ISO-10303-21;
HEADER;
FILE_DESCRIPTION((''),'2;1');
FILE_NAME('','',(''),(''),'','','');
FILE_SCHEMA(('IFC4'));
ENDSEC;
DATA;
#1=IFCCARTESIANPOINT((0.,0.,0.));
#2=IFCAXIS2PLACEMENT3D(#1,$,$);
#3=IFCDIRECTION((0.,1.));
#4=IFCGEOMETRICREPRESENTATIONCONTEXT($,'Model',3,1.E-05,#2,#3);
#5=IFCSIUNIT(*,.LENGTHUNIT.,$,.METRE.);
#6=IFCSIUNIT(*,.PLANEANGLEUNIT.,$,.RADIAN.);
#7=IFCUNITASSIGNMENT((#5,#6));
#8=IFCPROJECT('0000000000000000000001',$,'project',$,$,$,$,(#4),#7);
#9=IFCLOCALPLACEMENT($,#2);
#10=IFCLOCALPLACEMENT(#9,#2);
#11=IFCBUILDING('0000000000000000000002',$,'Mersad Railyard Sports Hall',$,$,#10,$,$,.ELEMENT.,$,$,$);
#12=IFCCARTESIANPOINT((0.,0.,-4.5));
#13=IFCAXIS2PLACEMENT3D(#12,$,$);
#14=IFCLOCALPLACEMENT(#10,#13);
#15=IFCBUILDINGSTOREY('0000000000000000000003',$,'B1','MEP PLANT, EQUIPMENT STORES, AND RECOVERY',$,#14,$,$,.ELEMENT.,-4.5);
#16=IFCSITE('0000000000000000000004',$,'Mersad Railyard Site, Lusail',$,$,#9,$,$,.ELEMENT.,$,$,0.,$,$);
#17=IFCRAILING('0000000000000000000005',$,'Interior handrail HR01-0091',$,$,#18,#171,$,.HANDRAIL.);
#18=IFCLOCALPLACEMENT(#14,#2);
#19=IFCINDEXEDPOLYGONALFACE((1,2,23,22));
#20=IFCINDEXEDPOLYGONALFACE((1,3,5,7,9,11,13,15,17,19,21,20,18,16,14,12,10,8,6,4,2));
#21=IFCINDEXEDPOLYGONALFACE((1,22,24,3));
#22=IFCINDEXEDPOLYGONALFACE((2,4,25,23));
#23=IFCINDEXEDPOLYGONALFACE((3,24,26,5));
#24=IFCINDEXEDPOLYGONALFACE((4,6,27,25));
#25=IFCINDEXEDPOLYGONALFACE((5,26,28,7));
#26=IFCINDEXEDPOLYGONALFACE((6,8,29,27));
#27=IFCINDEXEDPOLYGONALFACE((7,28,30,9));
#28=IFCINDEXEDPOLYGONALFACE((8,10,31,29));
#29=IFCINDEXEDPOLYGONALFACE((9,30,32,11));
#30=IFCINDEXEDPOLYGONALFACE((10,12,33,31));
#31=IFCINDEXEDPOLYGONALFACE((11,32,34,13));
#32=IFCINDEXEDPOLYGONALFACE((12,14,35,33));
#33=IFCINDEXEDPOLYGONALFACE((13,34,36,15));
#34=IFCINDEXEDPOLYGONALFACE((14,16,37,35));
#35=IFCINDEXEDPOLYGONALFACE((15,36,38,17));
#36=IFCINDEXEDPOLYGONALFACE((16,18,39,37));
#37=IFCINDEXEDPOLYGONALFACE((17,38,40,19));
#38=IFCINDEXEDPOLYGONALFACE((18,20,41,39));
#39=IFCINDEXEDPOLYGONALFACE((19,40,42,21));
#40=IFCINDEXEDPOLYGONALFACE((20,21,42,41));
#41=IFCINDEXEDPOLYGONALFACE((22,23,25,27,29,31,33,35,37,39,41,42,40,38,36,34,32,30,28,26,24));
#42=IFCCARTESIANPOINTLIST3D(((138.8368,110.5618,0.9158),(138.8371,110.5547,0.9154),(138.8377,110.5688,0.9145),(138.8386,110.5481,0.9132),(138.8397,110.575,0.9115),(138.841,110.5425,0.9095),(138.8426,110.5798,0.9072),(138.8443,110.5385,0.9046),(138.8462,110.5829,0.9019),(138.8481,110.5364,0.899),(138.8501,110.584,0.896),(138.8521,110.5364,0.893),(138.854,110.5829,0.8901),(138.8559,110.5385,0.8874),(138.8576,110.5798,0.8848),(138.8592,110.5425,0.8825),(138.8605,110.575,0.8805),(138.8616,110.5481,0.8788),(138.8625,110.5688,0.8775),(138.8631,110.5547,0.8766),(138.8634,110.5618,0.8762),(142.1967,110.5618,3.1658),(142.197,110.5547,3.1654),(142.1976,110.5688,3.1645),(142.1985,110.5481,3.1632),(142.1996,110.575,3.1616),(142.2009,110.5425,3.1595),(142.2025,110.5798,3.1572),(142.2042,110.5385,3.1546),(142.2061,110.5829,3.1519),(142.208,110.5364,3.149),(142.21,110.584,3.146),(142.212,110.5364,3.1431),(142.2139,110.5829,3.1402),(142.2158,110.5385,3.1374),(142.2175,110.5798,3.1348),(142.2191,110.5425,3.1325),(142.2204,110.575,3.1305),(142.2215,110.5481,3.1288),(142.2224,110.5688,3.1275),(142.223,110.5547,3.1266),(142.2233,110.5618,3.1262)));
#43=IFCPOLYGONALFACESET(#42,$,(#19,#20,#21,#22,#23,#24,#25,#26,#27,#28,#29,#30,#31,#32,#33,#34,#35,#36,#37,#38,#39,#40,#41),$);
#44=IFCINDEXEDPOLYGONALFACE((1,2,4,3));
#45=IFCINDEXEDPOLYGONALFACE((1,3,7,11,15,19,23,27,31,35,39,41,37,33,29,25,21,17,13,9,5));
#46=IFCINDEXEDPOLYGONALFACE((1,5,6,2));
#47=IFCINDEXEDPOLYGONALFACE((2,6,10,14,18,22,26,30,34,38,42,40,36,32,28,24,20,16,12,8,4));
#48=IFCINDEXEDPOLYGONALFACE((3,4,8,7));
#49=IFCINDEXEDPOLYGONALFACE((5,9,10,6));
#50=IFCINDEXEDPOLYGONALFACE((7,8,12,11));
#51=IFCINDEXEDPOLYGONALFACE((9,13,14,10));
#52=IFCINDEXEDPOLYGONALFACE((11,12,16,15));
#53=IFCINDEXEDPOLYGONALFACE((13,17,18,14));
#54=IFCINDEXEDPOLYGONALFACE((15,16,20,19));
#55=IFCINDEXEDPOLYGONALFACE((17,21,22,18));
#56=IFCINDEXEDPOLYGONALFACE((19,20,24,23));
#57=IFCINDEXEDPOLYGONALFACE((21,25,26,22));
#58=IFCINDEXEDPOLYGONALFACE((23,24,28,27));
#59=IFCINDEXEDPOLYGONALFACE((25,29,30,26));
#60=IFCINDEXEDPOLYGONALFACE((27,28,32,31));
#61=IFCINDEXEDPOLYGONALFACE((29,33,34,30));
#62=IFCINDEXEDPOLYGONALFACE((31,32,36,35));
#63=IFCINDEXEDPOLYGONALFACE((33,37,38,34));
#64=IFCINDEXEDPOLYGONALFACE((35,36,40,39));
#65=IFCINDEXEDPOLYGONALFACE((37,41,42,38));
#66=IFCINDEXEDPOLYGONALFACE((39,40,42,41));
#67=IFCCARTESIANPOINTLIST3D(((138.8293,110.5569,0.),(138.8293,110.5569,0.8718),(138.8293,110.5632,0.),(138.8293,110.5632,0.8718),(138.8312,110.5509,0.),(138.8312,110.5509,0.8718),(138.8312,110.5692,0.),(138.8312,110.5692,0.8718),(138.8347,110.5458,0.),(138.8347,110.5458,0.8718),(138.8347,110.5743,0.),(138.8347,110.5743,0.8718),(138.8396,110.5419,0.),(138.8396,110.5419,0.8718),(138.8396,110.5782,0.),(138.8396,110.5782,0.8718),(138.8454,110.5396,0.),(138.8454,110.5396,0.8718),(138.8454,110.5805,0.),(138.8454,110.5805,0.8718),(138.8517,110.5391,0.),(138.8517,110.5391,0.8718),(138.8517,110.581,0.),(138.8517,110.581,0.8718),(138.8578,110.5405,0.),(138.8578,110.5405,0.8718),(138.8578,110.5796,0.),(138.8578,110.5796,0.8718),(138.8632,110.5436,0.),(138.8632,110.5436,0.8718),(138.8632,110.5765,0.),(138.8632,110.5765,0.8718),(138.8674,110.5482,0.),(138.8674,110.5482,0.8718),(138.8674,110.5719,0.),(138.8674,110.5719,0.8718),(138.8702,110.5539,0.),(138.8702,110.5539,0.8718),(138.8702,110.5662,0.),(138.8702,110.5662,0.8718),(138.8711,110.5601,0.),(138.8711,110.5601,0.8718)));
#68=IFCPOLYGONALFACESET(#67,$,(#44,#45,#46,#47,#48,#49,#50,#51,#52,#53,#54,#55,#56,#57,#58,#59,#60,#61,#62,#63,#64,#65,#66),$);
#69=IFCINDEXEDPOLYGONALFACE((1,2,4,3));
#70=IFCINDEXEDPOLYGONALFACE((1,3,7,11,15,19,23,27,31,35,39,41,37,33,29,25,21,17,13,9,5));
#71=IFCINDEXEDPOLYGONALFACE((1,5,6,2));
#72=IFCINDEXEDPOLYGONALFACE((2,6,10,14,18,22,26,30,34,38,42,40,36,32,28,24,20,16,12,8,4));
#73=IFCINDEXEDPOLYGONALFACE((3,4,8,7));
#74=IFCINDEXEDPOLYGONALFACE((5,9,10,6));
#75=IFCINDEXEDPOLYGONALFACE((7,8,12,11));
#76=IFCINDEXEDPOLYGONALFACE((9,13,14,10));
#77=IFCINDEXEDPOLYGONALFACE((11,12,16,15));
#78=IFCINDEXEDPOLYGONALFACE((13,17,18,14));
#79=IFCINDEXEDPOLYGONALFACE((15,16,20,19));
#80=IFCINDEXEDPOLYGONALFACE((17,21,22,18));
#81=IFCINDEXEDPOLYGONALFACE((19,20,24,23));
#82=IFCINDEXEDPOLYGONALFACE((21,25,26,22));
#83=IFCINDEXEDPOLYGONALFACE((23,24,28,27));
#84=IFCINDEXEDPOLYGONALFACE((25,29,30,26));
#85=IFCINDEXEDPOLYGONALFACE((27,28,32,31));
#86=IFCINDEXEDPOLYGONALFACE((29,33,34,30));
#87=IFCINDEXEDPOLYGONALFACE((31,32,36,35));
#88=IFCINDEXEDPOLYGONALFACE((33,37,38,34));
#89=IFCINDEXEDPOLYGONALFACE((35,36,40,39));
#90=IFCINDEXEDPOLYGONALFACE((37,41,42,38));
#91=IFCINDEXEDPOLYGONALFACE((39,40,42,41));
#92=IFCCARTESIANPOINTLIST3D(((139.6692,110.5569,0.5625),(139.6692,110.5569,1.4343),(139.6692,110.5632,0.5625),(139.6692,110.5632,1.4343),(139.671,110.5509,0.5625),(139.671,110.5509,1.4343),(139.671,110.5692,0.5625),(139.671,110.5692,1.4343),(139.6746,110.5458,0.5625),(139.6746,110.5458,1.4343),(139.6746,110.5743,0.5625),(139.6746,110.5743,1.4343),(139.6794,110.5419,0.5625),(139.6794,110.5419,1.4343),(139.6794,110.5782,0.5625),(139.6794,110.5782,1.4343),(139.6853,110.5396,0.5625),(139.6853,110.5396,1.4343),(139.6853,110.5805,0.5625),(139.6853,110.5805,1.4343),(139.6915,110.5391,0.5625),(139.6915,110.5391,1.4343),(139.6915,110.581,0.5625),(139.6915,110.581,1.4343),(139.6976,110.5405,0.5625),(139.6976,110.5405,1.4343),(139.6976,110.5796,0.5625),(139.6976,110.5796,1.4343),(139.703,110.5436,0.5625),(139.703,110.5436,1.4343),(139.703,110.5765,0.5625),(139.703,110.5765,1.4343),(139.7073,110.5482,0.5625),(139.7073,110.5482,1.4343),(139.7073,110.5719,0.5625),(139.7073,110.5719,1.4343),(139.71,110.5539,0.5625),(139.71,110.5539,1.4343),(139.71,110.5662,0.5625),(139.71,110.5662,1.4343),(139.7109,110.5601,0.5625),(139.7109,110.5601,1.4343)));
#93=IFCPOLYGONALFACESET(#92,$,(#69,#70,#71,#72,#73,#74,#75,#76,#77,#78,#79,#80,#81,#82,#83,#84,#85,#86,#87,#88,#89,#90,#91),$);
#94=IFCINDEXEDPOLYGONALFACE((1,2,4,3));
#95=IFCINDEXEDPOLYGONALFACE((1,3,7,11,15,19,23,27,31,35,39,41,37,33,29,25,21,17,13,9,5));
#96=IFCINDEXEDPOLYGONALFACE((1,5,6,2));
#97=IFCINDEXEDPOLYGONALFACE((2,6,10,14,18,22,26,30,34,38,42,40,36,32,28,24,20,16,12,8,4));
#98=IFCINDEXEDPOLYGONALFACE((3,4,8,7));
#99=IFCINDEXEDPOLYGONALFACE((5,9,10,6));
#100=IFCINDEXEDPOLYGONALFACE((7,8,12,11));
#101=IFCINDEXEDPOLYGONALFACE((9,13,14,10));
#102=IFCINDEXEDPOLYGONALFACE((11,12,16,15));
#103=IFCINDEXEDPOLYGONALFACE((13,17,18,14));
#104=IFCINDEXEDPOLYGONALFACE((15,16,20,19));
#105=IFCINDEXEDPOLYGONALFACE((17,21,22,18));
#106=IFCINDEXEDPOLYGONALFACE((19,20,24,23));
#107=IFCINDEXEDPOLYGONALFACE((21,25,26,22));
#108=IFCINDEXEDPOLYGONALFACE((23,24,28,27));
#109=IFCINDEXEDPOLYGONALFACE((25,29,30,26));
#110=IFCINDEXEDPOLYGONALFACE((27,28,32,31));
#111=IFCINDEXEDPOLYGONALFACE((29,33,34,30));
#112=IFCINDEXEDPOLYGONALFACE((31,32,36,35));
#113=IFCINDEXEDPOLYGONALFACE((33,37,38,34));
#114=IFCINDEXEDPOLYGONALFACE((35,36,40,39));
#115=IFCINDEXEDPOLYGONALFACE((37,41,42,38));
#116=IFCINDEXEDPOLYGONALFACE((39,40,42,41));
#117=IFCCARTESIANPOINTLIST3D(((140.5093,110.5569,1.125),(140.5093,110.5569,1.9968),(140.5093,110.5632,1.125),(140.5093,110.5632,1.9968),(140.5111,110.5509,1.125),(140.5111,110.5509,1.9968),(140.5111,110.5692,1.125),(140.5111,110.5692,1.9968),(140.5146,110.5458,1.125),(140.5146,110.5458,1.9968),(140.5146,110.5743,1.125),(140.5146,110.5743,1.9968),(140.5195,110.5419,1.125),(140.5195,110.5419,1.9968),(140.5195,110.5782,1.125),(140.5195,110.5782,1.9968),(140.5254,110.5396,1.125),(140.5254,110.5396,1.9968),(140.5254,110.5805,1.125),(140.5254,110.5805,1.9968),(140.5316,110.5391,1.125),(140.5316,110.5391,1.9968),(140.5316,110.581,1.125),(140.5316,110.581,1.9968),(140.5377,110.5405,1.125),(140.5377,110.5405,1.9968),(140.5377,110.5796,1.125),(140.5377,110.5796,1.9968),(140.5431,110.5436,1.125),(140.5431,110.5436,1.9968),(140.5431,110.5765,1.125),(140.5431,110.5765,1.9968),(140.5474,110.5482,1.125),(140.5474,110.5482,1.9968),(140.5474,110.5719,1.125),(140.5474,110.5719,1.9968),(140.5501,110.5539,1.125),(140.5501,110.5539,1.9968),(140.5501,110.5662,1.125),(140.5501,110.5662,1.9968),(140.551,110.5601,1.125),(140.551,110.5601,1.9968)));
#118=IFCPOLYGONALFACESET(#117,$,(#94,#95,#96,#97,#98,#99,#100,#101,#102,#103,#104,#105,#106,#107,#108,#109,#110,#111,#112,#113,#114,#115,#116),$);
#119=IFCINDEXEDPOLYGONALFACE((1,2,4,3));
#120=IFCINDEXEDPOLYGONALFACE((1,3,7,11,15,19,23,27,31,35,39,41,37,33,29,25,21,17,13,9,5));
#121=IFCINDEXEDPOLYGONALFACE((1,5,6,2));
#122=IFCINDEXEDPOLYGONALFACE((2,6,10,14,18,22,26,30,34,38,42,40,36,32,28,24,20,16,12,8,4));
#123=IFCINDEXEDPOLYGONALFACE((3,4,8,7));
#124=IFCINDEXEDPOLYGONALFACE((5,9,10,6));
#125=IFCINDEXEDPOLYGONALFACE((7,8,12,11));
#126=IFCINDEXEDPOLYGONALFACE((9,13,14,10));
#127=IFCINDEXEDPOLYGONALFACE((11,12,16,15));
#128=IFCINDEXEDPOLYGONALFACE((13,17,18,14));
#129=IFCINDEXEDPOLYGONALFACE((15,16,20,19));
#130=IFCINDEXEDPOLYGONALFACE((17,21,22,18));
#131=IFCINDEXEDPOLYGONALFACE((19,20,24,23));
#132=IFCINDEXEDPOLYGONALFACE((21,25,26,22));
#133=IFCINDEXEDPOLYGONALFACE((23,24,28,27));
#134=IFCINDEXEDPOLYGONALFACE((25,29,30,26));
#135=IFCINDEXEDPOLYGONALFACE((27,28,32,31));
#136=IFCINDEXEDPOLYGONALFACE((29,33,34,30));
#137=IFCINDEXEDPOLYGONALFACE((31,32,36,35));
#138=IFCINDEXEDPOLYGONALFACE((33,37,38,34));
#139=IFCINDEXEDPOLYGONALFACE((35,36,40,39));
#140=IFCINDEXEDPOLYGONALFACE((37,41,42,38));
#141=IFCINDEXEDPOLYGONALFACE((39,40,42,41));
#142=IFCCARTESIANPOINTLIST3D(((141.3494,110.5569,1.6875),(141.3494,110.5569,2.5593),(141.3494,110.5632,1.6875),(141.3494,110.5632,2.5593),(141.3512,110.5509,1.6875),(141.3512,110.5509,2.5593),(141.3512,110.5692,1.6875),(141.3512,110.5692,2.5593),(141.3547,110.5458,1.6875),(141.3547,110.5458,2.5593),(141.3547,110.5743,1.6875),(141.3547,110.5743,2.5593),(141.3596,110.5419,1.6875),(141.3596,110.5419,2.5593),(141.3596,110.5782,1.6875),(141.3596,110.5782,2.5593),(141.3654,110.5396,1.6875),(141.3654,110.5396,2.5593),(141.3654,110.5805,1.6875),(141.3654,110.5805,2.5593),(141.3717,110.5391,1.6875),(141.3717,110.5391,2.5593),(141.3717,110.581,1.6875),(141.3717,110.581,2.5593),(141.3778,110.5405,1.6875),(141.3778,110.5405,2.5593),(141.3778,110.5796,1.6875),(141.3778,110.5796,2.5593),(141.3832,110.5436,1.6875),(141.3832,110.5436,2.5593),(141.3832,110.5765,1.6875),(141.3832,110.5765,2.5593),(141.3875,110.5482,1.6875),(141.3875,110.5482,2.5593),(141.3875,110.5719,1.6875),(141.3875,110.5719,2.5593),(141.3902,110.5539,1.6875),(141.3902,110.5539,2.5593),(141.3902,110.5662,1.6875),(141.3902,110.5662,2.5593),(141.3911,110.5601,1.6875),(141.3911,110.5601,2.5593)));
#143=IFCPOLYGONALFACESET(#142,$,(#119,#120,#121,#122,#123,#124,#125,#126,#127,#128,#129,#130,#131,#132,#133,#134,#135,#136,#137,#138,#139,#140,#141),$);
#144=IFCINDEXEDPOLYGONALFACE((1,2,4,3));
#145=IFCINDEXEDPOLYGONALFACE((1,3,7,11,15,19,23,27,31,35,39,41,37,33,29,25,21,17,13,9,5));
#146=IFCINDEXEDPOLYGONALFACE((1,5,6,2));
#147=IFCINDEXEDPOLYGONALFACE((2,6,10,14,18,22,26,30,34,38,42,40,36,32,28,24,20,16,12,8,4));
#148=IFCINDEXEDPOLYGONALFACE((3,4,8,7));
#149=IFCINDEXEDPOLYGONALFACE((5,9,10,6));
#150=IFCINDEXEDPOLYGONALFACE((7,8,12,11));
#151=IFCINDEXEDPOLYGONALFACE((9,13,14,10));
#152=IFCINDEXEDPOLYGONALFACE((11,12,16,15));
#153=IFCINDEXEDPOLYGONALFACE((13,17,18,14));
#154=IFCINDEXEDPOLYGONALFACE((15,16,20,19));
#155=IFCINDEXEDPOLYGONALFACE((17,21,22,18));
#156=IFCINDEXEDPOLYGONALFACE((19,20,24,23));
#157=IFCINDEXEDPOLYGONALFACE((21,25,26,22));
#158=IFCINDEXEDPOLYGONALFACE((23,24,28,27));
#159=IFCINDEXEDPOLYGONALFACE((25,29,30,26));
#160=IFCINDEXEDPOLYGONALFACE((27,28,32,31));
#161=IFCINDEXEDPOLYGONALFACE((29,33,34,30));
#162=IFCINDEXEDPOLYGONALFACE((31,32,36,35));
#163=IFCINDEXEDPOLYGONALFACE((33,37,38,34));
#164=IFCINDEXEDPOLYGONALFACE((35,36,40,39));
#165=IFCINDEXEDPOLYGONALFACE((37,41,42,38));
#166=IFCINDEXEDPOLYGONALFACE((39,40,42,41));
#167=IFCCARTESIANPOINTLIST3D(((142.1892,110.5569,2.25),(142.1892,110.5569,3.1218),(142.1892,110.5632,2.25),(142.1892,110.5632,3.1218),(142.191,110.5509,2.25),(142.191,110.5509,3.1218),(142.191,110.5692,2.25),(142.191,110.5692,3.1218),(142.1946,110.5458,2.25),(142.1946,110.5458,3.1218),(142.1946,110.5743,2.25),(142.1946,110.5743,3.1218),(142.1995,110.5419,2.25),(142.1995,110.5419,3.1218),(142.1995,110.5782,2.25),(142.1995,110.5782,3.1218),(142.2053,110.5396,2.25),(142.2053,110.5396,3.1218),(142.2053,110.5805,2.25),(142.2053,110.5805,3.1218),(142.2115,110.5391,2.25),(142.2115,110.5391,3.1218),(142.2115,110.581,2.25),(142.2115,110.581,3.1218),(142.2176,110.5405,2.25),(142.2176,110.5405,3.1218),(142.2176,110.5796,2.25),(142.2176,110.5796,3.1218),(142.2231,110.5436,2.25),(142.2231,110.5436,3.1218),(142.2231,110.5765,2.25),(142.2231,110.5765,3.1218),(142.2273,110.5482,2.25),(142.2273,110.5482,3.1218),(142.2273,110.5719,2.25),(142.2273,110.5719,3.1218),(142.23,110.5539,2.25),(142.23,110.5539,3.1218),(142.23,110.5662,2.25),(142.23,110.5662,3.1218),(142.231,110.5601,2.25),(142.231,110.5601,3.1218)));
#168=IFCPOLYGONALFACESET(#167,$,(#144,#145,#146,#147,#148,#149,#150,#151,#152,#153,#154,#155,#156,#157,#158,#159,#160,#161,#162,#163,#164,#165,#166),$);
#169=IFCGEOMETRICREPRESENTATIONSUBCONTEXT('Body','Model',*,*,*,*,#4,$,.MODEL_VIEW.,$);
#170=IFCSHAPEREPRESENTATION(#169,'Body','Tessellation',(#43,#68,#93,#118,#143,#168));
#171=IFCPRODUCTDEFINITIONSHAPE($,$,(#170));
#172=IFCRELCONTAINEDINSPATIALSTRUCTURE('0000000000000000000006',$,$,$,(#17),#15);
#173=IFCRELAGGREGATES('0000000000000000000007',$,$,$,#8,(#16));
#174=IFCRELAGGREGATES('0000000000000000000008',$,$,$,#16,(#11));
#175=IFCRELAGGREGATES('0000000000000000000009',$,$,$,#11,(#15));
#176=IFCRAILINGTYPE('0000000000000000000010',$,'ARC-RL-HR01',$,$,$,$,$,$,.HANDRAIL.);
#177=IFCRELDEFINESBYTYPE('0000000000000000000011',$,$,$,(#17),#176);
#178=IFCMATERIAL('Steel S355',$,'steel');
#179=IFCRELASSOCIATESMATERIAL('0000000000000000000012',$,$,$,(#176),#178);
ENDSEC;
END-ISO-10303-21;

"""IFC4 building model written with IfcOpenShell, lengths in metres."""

from ifc_helpers import new_model, si_unit, direction, frame, origin, origin_2d, place, context, subcontext, project, spatial, circle, extrude, material, type_object, element, save


model = new_model("IFC4")

# Units and contexts
model_context = context("Model", 3, precision=1e-05, world=origin(), true_north=direction((0.0, 1.0)))
body_context = subcontext(model_context, "Body", "Model", "MODEL_VIEW")
ifc_project = project(units=[si_unit("LENGTHUNIT", "METRE"), si_unit("PLANEANGLEUNIT", "RADIAN")], contexts=[model_context])

# Site, building, storey
site_placement = place(None, origin())
site = spatial("IfcSite", under=ifc_project, at=site_placement, Name="Mersad Railyard Site, Lusail", CompositionType="ELEMENT", RefElevation=0.0)
building_placement = place(site_placement, origin())
building = spatial("IfcBuilding", under=site, at=building_placement, Name="Mersad Railyard Sports Hall", CompositionType="ELEMENT")
storey_placement = place(building_placement, frame((0.0, 0.0, -4.5)))
storey = spatial("IfcBuildingStorey", under=building, at=storey_placement, Name="B1", Description="MEP PLANT, EQUIPMENT STORES, AND RECOVERY", CompositionType="ELEMENT", Elevation=-4.5)

# Shared definitions
ifc_material_1 = material(Name="Steel S355", Category="steel")

# Railing
railing_type_1 = type_object("IfcRailingType", Name="ARC-RL-HR01", PredefinedType="HANDRAIL", material=ifc_material_1)
railing_1_placement = place(storey_placement, frame((138.8501, 110.5601, 0.0)))
element("IfcRailing", 1, at=railing_1_placement, inside=storey, type_object=railing_type_1, Name="Interior handrail HR01-0091", PredefinedType="HANDRAIL", context=body_context, shape_type="SweptSolid", body=[
    extrude(circle(Radius=0.0239, at=origin_2d()), frame((0.0, 0.0, 0.896), z_axis=(0.830897, 0.0, 0.556427), x_axis=(0.0, 1.0, 0.0)), (0.0, 0.0, 1.0), 4.0437),
    extrude(circle(Radius=0.021, at=origin_2d()), origin(), (0.0, 0.0, 1.0), 0.8718),
    extrude(circle(Radius=0.021, at=origin_2d()), frame((0.8398, 0.0, 0.5625)), (0.0, 0.0, 1.0), 0.8718),
    extrude(circle(Radius=0.021, at=origin_2d()), frame((1.6799, 0.0, 1.125)), (0.0, 0.0, 1.0), 0.8718),
    extrude(circle(Radius=0.021, at=origin_2d()), frame((2.52, 0.0, 1.6875)), (0.0, 0.0, 1.0), 0.8718),
    extrude(circle(Radius=0.021, at=origin_2d()), frame((3.3599, 0.0, 2.25)), (0.0, 0.0, 1.0), 0.8718),
])

save(model, "model.ifc")
